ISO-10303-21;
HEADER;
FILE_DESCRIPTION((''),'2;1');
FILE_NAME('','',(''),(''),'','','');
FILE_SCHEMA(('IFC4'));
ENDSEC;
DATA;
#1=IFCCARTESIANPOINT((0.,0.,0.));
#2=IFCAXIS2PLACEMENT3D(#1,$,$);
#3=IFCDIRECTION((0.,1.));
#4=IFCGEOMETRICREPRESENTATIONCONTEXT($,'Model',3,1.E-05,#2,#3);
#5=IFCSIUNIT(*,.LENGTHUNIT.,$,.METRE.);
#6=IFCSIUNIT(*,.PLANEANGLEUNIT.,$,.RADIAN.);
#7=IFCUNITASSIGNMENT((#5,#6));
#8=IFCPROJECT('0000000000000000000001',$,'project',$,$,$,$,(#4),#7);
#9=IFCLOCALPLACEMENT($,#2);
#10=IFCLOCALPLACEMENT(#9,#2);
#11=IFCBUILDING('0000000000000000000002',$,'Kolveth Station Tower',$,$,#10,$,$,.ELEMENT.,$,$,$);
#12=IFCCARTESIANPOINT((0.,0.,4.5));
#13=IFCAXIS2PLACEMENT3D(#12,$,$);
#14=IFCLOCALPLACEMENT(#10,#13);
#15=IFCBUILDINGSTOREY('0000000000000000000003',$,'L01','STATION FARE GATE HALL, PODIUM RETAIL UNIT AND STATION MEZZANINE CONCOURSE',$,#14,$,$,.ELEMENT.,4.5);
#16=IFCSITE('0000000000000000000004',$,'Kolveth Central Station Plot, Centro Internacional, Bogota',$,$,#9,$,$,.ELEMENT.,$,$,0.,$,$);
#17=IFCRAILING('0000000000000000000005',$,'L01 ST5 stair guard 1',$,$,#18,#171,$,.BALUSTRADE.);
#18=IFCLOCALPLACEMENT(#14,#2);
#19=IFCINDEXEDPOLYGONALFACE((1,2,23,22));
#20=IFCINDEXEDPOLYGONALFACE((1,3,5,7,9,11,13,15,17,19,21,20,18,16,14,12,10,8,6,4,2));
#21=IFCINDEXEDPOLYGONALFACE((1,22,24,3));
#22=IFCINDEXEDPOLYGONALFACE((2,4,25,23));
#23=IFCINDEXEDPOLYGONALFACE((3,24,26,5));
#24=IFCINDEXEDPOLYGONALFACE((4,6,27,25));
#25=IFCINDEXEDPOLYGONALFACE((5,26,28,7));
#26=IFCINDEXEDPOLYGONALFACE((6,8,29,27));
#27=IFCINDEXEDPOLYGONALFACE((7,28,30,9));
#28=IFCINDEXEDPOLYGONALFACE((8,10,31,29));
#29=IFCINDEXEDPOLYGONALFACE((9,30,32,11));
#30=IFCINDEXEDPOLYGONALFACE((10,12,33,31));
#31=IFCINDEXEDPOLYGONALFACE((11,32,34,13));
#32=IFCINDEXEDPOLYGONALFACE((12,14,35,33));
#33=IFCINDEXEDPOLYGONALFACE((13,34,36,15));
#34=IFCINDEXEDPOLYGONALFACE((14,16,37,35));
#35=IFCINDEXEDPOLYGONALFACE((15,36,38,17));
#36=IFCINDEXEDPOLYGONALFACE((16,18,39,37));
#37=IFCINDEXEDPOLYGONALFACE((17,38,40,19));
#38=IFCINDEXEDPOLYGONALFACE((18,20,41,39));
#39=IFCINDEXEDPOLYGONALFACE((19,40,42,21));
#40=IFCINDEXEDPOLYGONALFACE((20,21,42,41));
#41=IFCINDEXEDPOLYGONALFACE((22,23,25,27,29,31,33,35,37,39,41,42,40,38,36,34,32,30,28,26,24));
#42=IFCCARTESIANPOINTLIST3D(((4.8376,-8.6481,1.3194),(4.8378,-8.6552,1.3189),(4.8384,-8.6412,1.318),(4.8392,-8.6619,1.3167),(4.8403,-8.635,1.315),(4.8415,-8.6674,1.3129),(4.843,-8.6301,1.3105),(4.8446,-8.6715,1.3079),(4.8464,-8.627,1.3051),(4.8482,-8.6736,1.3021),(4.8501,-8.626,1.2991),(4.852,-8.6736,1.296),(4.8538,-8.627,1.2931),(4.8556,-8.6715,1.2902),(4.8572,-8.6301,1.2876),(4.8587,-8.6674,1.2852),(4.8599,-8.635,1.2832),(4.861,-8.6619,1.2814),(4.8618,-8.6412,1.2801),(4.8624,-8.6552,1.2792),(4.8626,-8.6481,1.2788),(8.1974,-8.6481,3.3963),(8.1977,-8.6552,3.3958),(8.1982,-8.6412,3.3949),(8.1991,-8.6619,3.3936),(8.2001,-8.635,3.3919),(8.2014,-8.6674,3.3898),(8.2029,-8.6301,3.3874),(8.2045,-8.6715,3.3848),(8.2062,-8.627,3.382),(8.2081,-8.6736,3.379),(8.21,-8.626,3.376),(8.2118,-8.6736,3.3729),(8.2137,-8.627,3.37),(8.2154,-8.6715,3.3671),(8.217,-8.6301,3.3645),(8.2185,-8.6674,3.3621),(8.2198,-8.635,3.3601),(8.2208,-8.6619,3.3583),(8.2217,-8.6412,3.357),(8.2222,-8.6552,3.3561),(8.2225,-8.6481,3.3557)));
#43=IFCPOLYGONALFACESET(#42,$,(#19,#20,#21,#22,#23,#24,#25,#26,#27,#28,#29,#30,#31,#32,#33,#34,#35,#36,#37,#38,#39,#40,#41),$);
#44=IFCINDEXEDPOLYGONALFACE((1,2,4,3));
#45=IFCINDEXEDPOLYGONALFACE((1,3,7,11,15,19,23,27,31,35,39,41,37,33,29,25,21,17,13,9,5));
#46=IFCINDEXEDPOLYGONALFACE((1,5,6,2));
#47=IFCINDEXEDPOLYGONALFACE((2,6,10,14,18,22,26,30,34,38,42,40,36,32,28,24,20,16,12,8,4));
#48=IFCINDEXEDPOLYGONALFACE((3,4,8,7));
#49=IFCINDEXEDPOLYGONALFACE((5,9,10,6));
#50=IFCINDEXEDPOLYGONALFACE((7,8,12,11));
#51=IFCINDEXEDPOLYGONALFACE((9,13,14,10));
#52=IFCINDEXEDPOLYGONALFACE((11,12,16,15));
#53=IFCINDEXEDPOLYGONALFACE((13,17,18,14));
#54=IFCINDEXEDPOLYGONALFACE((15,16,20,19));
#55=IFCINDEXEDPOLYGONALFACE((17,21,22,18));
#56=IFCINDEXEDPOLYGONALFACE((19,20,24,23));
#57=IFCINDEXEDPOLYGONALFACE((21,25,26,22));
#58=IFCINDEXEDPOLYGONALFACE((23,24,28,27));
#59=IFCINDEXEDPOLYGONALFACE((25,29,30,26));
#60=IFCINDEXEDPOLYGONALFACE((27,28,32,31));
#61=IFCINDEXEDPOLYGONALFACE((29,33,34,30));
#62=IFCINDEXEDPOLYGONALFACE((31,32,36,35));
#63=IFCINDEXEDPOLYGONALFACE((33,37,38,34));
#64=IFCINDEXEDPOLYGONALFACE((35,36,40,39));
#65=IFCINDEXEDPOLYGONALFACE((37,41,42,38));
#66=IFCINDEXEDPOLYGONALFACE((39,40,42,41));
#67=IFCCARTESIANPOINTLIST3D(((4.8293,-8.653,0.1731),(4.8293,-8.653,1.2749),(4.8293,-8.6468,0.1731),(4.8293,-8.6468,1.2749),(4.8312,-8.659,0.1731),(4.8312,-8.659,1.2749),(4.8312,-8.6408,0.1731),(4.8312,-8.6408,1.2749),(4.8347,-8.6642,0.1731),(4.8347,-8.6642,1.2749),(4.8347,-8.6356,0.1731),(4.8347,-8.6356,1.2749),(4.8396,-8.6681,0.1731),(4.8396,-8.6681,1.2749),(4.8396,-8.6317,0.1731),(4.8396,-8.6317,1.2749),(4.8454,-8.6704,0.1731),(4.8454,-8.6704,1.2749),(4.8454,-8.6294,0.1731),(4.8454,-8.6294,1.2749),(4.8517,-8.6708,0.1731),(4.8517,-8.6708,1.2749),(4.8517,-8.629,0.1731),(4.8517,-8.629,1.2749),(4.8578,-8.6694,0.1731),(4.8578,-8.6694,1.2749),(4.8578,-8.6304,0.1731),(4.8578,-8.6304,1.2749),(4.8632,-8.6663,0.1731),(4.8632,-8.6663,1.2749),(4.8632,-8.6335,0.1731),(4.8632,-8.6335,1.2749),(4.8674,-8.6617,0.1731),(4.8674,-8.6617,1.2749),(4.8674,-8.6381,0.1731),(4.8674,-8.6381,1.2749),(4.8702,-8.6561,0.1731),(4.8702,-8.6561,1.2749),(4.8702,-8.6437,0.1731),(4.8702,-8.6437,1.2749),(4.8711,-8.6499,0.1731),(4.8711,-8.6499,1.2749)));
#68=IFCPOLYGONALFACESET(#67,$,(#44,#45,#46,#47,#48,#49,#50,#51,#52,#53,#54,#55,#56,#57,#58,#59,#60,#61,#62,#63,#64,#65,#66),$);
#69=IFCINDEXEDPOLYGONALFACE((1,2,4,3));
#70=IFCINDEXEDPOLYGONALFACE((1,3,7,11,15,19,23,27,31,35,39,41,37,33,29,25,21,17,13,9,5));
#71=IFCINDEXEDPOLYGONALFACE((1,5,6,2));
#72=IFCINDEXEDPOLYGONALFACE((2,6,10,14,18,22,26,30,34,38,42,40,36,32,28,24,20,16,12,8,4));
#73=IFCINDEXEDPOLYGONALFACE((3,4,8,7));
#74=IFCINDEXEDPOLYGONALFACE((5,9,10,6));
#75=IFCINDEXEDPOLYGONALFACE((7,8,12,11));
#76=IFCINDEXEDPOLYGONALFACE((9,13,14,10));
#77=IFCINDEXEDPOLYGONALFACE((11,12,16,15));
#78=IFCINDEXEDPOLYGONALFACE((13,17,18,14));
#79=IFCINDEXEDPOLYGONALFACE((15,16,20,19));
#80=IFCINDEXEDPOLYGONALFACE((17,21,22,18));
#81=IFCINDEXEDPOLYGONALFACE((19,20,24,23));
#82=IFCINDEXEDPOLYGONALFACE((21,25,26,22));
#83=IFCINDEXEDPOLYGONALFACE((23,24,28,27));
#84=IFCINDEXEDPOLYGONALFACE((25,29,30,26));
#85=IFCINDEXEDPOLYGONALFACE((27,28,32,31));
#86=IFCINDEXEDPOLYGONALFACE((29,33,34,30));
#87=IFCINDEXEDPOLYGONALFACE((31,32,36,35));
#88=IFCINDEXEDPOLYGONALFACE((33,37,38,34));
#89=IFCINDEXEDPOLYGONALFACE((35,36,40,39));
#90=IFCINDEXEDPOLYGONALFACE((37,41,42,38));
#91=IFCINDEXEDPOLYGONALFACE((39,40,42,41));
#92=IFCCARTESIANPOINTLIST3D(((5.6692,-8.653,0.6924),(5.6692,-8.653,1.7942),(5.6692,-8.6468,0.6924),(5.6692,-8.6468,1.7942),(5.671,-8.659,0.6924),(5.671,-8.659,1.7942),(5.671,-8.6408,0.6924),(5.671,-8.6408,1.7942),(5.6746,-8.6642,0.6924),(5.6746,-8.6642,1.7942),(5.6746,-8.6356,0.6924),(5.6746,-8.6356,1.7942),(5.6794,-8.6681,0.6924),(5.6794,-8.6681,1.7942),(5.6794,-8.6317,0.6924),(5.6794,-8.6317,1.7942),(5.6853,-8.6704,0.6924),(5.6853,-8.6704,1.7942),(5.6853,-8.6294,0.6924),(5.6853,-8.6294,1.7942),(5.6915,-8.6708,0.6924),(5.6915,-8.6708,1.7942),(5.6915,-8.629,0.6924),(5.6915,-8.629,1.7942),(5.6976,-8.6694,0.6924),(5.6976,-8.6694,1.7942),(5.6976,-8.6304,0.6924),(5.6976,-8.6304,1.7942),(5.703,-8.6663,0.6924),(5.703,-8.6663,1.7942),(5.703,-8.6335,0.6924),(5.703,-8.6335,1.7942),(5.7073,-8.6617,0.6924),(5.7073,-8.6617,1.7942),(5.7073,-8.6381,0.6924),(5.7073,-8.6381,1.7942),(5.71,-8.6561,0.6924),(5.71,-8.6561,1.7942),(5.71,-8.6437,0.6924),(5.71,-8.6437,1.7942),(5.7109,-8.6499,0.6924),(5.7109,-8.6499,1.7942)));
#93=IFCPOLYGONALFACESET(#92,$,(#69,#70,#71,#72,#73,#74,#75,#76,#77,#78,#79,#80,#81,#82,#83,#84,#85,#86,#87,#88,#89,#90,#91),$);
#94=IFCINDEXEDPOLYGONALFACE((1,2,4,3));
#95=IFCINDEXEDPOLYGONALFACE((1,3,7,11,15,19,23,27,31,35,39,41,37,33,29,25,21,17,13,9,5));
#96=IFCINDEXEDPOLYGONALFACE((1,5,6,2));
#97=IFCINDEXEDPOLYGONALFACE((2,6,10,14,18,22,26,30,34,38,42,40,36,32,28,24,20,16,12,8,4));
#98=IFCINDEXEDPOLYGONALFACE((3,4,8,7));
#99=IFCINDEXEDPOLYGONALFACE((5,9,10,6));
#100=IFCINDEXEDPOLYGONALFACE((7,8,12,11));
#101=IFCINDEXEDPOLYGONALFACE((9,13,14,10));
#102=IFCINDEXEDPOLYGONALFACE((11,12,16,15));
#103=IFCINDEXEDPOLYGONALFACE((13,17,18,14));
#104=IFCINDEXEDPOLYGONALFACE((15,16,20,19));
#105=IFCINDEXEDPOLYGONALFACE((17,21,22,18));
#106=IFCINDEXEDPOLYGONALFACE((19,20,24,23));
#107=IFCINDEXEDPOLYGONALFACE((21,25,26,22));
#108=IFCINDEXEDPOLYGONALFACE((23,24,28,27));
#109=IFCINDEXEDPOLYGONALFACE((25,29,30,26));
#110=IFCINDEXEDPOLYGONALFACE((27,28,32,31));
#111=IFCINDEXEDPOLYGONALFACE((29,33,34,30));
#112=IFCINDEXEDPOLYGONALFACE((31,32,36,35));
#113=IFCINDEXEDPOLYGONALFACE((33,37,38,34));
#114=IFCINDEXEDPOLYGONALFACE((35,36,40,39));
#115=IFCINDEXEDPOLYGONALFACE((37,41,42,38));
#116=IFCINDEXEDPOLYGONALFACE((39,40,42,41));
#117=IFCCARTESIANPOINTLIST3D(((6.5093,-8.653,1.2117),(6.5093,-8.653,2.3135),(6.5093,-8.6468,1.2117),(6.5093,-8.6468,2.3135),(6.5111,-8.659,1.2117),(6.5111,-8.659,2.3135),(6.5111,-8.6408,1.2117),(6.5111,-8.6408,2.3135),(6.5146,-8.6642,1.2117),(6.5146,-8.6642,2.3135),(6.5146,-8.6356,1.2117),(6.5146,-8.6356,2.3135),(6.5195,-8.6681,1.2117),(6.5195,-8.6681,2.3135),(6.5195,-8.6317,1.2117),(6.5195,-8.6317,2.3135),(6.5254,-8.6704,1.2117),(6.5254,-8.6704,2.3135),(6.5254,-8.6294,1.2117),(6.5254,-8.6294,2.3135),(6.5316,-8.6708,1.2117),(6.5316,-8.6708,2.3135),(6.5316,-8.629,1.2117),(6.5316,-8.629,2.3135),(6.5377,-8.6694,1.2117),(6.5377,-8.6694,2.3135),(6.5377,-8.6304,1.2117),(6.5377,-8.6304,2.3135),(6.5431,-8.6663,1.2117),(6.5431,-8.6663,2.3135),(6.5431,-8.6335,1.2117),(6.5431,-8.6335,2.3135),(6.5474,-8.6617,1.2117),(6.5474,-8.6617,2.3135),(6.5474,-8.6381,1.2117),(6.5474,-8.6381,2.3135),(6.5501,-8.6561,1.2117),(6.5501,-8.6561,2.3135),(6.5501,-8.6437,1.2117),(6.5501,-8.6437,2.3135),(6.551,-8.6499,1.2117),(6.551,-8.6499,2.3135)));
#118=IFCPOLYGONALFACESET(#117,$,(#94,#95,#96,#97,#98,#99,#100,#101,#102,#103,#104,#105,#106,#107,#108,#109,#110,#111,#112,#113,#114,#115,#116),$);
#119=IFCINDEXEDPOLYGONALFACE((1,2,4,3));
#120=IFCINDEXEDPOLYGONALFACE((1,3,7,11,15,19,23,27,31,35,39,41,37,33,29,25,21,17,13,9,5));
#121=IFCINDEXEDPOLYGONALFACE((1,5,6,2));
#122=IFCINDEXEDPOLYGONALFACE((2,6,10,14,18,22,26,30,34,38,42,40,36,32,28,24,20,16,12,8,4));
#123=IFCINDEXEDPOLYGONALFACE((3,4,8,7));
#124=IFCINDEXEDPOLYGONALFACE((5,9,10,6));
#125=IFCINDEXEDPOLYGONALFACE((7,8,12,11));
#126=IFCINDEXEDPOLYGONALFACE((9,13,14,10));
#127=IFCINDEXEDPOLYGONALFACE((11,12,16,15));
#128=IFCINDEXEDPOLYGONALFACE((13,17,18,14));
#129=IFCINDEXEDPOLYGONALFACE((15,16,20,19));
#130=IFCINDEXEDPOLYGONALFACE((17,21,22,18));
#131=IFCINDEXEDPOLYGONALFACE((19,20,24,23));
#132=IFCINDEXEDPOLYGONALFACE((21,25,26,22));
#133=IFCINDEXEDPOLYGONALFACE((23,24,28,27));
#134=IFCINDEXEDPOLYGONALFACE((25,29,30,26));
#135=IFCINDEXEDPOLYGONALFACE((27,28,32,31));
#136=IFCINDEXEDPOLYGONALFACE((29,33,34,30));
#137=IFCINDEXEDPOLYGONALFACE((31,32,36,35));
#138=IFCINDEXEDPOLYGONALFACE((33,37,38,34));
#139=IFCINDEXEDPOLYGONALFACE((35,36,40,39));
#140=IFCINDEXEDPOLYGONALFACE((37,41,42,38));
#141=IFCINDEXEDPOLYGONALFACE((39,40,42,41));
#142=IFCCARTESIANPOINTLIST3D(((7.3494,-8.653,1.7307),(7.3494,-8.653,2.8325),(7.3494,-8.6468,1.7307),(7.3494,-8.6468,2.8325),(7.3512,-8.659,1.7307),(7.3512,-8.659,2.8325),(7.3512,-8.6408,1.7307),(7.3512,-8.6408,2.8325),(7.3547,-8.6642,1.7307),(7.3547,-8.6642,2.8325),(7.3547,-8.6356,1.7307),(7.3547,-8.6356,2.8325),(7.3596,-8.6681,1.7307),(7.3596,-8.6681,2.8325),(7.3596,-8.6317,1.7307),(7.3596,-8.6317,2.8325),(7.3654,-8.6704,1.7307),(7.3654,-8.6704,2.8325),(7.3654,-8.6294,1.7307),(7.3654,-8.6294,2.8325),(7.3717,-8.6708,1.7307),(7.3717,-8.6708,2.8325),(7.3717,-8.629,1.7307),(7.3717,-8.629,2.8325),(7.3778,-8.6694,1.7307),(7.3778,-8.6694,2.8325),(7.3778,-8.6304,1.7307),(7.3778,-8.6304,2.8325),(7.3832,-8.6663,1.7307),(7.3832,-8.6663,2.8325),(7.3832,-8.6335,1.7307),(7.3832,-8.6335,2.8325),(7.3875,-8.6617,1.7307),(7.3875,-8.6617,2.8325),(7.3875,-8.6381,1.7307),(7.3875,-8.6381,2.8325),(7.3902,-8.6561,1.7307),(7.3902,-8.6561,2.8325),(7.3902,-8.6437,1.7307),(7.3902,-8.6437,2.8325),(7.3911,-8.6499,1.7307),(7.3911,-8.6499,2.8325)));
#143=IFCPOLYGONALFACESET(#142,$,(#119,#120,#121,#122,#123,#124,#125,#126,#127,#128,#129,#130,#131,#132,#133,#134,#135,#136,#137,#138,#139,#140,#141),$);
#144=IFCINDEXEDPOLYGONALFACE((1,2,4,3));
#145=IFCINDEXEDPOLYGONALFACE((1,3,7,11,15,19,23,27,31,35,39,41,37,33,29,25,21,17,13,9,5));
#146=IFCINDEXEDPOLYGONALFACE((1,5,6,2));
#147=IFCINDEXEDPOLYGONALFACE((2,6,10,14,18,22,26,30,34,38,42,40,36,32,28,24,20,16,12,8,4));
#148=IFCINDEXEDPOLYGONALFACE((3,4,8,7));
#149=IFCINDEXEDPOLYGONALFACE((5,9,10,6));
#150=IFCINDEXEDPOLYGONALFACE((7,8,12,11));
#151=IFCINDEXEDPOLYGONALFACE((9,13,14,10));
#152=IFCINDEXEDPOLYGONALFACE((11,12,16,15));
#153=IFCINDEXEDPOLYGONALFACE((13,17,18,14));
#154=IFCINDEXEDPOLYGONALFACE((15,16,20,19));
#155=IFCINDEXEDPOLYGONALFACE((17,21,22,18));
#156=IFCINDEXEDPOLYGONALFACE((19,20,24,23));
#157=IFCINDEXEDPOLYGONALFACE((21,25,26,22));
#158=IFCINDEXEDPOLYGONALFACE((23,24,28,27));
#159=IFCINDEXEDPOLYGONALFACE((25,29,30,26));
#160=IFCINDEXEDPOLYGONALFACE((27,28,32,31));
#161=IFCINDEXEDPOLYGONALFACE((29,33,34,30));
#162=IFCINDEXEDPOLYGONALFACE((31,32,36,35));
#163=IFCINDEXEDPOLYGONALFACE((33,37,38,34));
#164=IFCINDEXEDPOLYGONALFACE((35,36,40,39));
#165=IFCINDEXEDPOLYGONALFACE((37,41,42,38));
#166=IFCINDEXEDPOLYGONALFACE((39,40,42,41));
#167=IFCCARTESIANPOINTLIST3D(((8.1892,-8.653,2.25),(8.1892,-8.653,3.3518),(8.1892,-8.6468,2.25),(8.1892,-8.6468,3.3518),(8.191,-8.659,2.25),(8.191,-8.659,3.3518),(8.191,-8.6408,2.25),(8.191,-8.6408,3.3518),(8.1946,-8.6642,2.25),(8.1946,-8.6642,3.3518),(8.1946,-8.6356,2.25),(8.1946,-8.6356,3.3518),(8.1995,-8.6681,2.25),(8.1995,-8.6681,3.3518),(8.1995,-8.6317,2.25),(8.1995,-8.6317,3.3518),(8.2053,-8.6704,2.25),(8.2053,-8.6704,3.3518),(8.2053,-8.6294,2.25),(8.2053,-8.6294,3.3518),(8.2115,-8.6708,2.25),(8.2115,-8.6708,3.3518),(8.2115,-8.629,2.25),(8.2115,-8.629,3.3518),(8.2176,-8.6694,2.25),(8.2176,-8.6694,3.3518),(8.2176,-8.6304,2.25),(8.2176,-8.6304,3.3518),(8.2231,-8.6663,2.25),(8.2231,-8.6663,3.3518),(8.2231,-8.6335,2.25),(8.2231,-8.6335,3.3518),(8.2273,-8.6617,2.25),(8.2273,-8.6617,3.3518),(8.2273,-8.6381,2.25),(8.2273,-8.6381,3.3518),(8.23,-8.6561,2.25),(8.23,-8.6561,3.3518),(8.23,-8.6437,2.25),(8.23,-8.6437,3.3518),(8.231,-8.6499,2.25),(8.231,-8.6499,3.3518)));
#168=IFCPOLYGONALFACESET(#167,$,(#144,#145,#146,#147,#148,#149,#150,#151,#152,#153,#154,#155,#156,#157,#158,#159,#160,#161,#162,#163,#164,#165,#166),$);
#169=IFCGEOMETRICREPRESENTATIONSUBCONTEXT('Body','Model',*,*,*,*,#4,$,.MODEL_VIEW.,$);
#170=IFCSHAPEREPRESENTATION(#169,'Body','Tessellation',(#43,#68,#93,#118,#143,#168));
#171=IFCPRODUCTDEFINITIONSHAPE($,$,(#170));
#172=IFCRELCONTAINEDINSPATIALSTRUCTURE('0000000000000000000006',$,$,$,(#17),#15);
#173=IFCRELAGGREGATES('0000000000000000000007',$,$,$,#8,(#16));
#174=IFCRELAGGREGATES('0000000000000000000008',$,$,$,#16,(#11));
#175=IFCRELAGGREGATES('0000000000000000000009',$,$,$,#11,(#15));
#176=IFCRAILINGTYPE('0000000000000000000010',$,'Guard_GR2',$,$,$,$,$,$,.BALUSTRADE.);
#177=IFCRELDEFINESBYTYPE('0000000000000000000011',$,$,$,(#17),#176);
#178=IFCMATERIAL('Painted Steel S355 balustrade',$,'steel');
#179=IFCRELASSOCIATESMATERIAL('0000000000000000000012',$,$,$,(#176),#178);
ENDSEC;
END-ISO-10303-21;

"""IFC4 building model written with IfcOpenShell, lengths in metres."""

from ifc_helpers import new_model, si_unit, direction, frame, origin, origin_2d, place, context, subcontext, project, spatial, circle, extrude, material, type_object, element, save


model = new_model("IFC4")

# Units and contexts
model_context = context("Model", 3, precision=1e-05, world=origin(), true_north=direction((0.0, 1.0)))
body_context = subcontext(model_context, "Body", "Model", "MODEL_VIEW")
ifc_project = project(units=[si_unit("LENGTHUNIT", "METRE"), si_unit("PLANEANGLEUNIT", "RADIAN")], contexts=[model_context])

# Site, building, storey
site_placement = place(None, origin())
site = spatial("IfcSite", under=ifc_project, at=site_placement, Name="Kolveth Central Station Plot, Centro Internacional, Bogota", CompositionType="ELEMENT", RefElevation=0.0)
building_placement = place(site_placement, origin())
building = spatial("IfcBuilding", under=site, at=building_placement, Name="Kolveth Station Tower", CompositionType="ELEMENT")
storey_placement = place(building_placement, frame((0.0, 0.0, 4.5)))
storey = spatial("IfcBuildingStorey", under=building, at=storey_placement, Name="L01", Description="STATION FARE GATE HALL, PODIUM RETAIL UNIT AND STATION MEZZANINE CONCOURSE", CompositionType="ELEMENT", Elevation=4.5)

# Railing
ifc_material_1 = material(Name="Painted Steel S355 balustrade", Category="steel")
railing_type_1 = type_object("IfcRailingType", Name="Guard_GR2", PredefinedType="BALUSTRADE", material=ifc_material_1)
railing_1_placement = place(storey_placement, frame((4.8501, -8.6499, 0.1731)))
element("IfcRailing", 1, at=railing_1_placement, inside=storey, type_object=railing_type_1, Name="L01 ST5 stair guard 1", PredefinedType="BALUSTRADE", context=body_context, shape_type="SweptSolid", body=[
    extrude(circle(Radius=0.0239, at=origin_2d()), frame((0.0, 0.0, 1.126), z_axis=(0.850606, 0.0, 0.525803), x_axis=(0.0, 1.0, 0.0)), (0.0, 0.0, 1.0), 3.95),
    extrude(circle(Radius=0.021, at=origin_2d()), origin(), (0.0, 0.0, 1.0), 1.1018),
    extrude(circle(Radius=0.021, at=origin_2d()), frame((0.8398, 0.0, 0.5193)), (0.0, 0.0, 1.0), 1.1018),
    extrude(circle(Radius=0.021, at=origin_2d()), frame((1.6799, 0.0, 1.0386)), (0.0, 0.0, 1.0), 1.1018),
    extrude(circle(Radius=0.021, at=origin_2d()), frame((2.52, 0.0, 1.5576)), (0.0, 0.0, 1.0), 1.1018),
    extrude(circle(Radius=0.021, at=origin_2d()), frame((3.3599, 0.0, 2.0769)), (0.0, 0.0, 1.0), 1.1018),
])

save(model, "model.ifc")
